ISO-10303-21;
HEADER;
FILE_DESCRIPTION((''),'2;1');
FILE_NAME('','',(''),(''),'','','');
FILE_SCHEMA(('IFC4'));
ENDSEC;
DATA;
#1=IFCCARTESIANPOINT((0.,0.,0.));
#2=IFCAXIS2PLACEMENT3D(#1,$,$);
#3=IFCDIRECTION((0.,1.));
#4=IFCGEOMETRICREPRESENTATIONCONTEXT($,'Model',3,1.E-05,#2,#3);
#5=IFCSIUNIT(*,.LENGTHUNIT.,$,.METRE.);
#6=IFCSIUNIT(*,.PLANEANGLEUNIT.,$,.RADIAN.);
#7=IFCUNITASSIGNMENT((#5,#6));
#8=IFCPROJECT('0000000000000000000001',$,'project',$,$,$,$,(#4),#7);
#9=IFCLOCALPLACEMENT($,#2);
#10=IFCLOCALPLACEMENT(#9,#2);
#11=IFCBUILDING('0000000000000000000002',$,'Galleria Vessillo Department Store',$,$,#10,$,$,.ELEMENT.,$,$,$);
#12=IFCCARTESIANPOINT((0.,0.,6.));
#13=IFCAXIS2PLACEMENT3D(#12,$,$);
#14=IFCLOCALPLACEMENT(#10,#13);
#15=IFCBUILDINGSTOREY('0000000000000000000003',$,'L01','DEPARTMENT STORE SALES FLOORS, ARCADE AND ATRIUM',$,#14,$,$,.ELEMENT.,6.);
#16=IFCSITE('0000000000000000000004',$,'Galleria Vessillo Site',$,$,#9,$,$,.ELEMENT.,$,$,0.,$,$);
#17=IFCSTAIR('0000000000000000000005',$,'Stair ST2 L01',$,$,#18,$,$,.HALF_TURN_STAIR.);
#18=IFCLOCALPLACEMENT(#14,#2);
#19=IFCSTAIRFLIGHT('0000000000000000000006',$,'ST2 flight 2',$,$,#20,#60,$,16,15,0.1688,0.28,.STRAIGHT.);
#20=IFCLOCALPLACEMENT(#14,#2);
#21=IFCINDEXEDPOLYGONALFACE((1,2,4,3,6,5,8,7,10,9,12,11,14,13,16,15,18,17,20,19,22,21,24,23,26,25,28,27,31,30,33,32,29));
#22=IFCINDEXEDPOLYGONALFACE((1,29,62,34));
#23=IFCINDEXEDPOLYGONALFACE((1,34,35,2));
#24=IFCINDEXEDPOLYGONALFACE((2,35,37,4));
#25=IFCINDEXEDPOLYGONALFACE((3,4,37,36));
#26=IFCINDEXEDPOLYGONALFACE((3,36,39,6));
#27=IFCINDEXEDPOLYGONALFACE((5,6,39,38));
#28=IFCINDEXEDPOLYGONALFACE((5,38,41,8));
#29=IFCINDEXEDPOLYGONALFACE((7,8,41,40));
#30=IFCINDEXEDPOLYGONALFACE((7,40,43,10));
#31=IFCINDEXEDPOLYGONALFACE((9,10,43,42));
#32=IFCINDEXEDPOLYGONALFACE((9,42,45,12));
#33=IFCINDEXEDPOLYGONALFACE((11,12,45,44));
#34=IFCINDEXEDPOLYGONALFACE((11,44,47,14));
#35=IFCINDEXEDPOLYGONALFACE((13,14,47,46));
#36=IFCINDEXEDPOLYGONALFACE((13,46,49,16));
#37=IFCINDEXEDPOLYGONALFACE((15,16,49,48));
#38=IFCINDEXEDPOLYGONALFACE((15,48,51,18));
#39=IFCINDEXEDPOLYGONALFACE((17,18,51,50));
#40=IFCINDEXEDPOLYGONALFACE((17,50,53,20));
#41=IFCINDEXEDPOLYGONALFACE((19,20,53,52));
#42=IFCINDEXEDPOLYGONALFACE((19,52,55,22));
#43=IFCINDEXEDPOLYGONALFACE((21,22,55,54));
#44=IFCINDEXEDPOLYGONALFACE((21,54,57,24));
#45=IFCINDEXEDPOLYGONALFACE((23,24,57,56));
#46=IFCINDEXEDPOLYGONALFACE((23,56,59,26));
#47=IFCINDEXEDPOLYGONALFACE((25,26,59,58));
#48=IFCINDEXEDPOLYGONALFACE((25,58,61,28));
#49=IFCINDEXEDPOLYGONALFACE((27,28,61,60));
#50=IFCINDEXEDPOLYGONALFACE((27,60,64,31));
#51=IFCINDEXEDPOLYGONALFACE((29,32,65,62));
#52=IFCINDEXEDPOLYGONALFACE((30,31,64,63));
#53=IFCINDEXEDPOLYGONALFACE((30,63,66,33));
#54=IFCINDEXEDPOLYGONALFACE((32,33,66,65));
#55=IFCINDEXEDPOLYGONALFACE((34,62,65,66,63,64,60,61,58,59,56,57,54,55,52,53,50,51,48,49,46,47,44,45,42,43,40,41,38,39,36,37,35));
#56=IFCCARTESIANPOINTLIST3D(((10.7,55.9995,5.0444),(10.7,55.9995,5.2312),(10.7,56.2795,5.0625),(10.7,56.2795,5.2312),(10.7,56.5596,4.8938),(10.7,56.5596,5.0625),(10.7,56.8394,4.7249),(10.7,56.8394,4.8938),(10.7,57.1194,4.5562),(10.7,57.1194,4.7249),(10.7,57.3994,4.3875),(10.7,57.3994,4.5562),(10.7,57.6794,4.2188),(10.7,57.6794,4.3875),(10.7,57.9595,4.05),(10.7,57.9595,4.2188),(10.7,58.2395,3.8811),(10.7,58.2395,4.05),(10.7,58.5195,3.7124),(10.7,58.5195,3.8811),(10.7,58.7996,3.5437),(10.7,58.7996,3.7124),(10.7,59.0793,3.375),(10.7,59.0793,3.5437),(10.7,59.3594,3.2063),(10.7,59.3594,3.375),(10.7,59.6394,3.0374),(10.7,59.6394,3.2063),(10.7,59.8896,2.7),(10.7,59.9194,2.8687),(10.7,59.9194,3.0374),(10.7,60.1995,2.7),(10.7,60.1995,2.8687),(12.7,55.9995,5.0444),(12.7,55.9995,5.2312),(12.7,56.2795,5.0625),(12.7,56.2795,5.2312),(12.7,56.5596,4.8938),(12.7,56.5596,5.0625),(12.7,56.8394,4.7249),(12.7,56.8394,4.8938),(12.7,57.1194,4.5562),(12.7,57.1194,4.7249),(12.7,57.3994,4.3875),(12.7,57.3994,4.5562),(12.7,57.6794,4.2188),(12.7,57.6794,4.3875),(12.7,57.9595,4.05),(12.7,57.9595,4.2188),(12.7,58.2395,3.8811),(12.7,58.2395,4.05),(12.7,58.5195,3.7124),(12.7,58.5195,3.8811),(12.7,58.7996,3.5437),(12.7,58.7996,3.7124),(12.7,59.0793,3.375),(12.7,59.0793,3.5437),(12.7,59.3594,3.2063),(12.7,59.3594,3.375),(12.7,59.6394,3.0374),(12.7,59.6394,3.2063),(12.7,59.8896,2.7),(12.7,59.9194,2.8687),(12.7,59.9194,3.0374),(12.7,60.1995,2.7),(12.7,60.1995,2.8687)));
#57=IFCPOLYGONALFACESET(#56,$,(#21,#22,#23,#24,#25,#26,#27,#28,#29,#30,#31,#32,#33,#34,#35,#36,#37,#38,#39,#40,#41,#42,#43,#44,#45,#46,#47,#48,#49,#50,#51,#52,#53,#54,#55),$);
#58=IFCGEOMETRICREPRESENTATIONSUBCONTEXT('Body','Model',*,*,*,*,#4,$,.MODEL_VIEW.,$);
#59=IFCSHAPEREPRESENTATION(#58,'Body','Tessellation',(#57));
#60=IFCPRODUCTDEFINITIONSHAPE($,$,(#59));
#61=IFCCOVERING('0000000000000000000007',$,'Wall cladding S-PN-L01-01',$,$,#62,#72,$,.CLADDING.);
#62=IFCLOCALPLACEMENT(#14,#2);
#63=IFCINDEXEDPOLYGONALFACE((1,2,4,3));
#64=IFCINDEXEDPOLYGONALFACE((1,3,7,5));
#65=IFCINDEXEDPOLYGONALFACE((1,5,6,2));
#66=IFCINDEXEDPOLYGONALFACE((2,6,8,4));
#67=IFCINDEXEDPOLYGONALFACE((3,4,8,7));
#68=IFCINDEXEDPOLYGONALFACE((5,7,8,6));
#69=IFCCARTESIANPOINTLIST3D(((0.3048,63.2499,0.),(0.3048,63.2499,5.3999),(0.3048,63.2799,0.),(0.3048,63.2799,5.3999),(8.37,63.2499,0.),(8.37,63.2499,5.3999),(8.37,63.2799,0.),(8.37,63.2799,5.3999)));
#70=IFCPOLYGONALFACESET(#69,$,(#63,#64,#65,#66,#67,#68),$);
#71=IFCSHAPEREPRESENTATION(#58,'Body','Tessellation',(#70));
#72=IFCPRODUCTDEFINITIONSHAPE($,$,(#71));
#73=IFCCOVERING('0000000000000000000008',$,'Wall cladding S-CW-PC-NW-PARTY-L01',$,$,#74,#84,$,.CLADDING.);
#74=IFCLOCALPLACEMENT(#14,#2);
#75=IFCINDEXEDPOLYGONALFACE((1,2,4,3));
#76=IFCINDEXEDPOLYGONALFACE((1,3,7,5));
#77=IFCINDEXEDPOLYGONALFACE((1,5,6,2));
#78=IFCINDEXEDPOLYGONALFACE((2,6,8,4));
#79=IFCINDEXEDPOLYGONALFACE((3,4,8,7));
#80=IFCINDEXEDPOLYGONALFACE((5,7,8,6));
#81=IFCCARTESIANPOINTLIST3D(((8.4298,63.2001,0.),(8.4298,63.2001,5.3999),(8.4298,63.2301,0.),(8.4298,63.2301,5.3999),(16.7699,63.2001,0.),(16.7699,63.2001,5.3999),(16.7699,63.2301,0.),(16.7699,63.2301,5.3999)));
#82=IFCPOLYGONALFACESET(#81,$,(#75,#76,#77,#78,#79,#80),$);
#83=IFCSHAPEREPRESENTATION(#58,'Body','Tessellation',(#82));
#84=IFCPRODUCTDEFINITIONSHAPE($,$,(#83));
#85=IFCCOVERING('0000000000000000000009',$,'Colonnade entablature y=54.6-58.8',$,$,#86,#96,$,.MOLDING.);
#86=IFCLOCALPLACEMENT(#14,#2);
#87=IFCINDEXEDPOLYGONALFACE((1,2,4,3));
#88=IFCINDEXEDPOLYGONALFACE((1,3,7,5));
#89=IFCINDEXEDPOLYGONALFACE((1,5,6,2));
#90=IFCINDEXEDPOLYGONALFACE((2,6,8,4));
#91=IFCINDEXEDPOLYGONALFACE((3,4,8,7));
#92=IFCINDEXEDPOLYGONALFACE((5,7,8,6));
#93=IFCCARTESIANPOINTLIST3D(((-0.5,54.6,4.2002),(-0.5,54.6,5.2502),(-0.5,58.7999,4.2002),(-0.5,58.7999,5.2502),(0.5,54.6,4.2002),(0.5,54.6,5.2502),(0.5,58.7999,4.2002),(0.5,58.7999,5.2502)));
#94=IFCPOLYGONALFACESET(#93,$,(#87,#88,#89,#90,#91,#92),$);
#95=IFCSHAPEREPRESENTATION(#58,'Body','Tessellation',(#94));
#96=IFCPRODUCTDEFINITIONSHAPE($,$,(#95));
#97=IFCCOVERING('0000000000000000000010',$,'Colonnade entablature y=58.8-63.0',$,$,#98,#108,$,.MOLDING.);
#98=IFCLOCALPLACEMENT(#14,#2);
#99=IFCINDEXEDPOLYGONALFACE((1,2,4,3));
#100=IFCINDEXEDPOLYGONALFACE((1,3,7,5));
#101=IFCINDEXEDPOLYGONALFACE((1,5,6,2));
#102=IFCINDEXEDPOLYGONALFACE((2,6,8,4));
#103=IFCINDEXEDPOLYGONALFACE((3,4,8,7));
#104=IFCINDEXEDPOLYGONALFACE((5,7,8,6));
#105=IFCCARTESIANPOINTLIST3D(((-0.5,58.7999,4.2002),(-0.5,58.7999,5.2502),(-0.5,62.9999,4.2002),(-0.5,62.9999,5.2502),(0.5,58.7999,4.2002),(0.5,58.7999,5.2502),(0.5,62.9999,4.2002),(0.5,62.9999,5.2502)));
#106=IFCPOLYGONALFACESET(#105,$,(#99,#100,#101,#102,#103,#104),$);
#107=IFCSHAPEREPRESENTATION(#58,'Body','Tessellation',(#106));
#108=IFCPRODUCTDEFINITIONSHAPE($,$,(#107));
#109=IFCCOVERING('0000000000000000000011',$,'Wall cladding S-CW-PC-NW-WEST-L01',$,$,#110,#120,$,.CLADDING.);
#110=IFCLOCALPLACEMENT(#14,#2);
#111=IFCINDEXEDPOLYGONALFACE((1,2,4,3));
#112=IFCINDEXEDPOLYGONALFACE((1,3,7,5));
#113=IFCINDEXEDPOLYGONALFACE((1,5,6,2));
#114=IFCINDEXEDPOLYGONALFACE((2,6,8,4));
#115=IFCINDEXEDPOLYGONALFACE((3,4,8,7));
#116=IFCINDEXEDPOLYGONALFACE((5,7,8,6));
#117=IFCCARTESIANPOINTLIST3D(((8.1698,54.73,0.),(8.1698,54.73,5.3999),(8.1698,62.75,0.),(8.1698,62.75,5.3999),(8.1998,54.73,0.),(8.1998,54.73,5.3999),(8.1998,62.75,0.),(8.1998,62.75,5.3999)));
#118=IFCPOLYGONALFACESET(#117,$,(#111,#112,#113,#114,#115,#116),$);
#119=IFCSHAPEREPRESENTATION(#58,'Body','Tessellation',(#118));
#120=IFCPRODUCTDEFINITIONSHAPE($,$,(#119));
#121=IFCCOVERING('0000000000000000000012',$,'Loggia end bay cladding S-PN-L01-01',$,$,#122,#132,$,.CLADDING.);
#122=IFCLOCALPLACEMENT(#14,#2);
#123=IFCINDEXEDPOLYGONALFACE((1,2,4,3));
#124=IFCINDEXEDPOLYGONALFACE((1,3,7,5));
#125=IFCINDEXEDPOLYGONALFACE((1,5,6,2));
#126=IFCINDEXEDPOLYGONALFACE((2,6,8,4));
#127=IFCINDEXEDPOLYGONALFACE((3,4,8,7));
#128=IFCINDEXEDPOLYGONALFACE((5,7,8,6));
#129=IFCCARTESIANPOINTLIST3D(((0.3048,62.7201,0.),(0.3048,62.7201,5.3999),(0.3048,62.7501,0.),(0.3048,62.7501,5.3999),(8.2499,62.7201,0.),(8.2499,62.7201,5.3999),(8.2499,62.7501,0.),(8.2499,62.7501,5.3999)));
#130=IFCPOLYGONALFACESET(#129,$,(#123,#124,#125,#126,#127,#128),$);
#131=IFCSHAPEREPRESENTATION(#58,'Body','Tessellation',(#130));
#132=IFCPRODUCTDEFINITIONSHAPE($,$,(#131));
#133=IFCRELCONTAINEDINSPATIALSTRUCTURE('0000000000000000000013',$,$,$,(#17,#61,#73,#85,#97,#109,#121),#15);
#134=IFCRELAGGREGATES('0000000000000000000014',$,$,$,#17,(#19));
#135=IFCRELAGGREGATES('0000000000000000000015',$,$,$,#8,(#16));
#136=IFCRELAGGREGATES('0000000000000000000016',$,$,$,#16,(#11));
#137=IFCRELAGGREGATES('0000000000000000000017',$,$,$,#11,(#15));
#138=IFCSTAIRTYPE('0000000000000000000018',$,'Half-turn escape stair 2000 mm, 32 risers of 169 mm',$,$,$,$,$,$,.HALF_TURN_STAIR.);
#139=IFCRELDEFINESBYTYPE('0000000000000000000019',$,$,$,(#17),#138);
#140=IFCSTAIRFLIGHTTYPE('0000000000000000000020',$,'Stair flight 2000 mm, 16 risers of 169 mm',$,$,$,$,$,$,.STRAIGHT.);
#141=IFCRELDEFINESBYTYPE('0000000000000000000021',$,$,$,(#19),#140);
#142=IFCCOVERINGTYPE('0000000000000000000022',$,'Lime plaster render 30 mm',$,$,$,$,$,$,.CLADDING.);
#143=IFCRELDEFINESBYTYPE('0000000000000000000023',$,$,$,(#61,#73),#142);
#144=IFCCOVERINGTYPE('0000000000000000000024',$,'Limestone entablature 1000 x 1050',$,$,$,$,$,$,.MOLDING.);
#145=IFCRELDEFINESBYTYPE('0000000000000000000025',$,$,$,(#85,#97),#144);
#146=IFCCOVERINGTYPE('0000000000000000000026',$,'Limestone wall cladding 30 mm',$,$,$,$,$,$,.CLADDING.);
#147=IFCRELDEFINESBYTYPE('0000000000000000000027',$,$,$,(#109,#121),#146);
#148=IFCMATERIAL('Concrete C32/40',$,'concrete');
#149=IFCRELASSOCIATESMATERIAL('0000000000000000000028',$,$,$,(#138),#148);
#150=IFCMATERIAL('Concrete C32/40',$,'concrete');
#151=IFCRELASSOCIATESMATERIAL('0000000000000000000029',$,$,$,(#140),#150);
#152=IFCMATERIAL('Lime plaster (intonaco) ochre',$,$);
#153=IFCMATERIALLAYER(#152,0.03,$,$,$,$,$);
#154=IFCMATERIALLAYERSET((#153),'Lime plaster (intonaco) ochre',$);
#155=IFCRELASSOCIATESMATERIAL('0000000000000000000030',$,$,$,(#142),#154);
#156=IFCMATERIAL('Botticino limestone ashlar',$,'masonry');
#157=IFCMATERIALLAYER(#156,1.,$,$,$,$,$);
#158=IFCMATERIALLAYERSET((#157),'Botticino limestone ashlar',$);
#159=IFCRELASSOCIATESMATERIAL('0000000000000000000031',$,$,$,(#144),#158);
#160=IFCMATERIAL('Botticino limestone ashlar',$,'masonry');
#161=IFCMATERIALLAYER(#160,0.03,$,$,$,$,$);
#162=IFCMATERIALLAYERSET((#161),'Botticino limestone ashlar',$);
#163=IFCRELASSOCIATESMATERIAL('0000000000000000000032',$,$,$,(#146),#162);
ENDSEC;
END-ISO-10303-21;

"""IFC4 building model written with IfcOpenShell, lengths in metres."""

from ifc_helpers import new_model, si_unit, direction, frame, origin, origin_2d, place, context, subcontext, project, spatial, polyline, rectangle, outline, extrude, material, layer, layer_set, type_object, element, aggregate, save


model = new_model("IFC4")

# Units and contexts
model_context = context("Model", 3, precision=1e-05, world=origin(), true_north=direction((0.0, 1.0)))
body_context = subcontext(model_context, "Body", "Model", "MODEL_VIEW")
ifc_project = project(units=[si_unit("LENGTHUNIT", "METRE"), si_unit("PLANEANGLEUNIT", "RADIAN")], contexts=[model_context])

# Site, building, storey
site_placement = place(None, origin())
site = spatial("IfcSite", under=ifc_project, at=site_placement, Name="Galleria Vessillo Site", CompositionType="ELEMENT", RefElevation=0.0)
building_placement = place(site_placement, origin())
building = spatial("IfcBuilding", under=site, at=building_placement, Name="Galleria Vessillo Department Store", CompositionType="ELEMENT")
storey_placement = place(building_placement, frame((0.0, 0.0, 6.0)))
storey = spatial("IfcBuildingStorey", under=building, at=storey_placement, Name="L01", Description="DEPARTMENT STORE SALES FLOORS, ARCADE AND ATRIUM", CompositionType="ELEMENT", Elevation=6.0)

# Stair, stair flight
ifc_material_1 = material(Name="Concrete C32/40", Category="concrete")
stair_type = type_object("IfcStairType", Name="Half-turn escape stair 2000 mm, 32 risers of 169 mm", PredefinedType="HALF_TURN_STAIR", material=ifc_material_1)
stair_placement = place(storey_placement, origin())
stair = element("IfcStair", 1, at=stair_placement, inside=storey, type_object=stair_type, Name="Stair ST2 L01", PredefinedType="HALF_TURN_STAIR")
ifc_material_2 = material(Name="Concrete C32/40", Category="concrete")
stair_flight_type = type_object("IfcStairFlightType", Name="Stair flight 2000 mm, 16 risers of 169 mm", PredefinedType="STRAIGHT", material=ifc_material_2)
stair_flight_1_placement = place(storey_placement, frame((11.7, 60.1995, 2.7), z_axis=(0.0, 0.0, 1.0), x_axis=(0.0, -1.0, 0.0)))
stair_flight_1 = element("IfcStairFlight", 2, at=stair_flight_1_placement, type_object=stair_flight_type, Name="ST2 flight 2", NumberOfRisers=16, NumberOfTreads=15, PredefinedType="STRAIGHT", RiserHeight=0.1688, TreadLength=0.28, context=body_context, shape_type="SweptSolid", body=[
    extrude(outline(polyline([(0.0, 0.0), (0.0, 0.1687), (0.28, 0.1687), (0.28, 0.3374), (0.5601, 0.3374), (0.5601, 0.5063), (0.8401, 0.5063), (0.8401, 0.675), (1.1201, 0.675), (1.1201, 0.8438), (1.3999, 0.8438), (1.3999, 1.0125), (1.6799, 1.0125), (1.6799, 1.1812), (1.96, 1.1812), (1.96, 1.3501), (2.24, 1.3501), (2.24, 1.5188), (2.52, 1.5188), (2.52, 1.6875), (2.8, 1.6875), (2.8, 1.8562), (3.0801, 1.8562), (3.0801, 2.0249), (3.3601, 2.0249), (3.3601, 2.1938), (3.6399, 2.1938), (3.6399, 2.3625), (3.9199, 2.3625), (3.9199, 2.5312), (4.2, 2.5312), (4.2, 2.7), (4.2, 2.3445), (0.3098, 0.0), (0.0, 0.0)])), frame((0.0, 1.0, 0.0), z_axis=(0.0, -1.0, 0.0), x_axis=(1.0, 0.0, 0.0)), (0.0, 0.0, 1.0), 2.0),
])
aggregate(stair, [stair_flight_1])

# Coverings
ifc_material_3 = material(Name="Lime plaster (intonaco) ochre")
ifc_layer_1 = layer(ifc_material_3, 0.03)
ifc_layer_set_1 = layer_set([ifc_layer_1], Name="Lime plaster (intonaco) ochre")
covering_type_1 = type_object("IfcCoveringType", Name="Lime plaster render 30 mm", PredefinedType="CLADDING", material=ifc_layer_set_1)
covering_1_placement = place(storey_placement, frame((4.3374, 63.2649, 0.0), z_axis=(0.0, 0.0, 1.0), x_axis=(1.0, 0.0, 0.0)))
element("IfcCovering", 3, at=covering_1_placement, inside=storey, type_object=covering_type_1, Name="Wall cladding S-PN-L01-01", PredefinedType="CLADDING", context=body_context, shape_type="SweptSolid", body=[
    extrude(rectangle(XDim=8.0652, YDim=0.03, at=origin_2d()), origin(), (0.0, 0.0, 1.0), 5.3999),
])
covering_2_placement = place(storey_placement, frame((12.5999, 63.2151, 0.0), z_axis=(0.0, 0.0, 1.0), x_axis=(1.0, 0.0, 0.0)))
element("IfcCovering", 4, at=covering_2_placement, inside=storey, type_object=covering_type_1, Name="Wall cladding S-CW-PC-NW-PARTY-L01", PredefinedType="CLADDING", context=body_context, shape_type="SweptSolid", body=[
    extrude(rectangle(XDim=8.3401, YDim=0.03, at=origin_2d()), origin(), (0.0, 0.0, 1.0), 5.3999),
])
ifc_material_4 = material(Name="Botticino limestone ashlar", Category="masonry")
ifc_layer_2 = layer(ifc_material_4, 1.0)
ifc_layer_set_2 = layer_set([ifc_layer_2], Name="Botticino limestone ashlar")
covering_type_2 = type_object("IfcCoveringType", Name="Limestone entablature 1000 x 1050", PredefinedType="MOLDING", material=ifc_layer_set_2)
for number, where, z_axis, x_axis, name in (
    (5, (0.0, 56.7, 4.2002), (0.0, 0.0, 1.0), (1.0, 0.0, 0.0), "Colonnade entablature y=54.6-58.8"),
    (6, (0.0, 60.8999, 4.2002), (0.0, 0.0, 1.0), (1.0, 0.0, 0.0), "Colonnade entablature y=58.8-63.0"),
):
    element("IfcCovering", number, at=place(storey_placement, frame(where, z_axis=z_axis, x_axis=x_axis)), inside=storey, type_object=covering_type_2, Name=name, PredefinedType="MOLDING", context=body_context, shape_type="SweptSolid", body=[
        extrude(rectangle(XDim=1.0, YDim=4.2, at=origin_2d()), origin(), (0.0, 0.0, 1.0), 1.05),
    ])
ifc_material_5 = material(Name="Botticino limestone ashlar", Category="masonry")
ifc_layer_3 = layer(ifc_material_5, 0.03)
ifc_layer_set_3 = layer_set([ifc_layer_3], Name="Botticino limestone ashlar")
covering_type_3 = type_object("IfcCoveringType", Name="Limestone wall cladding 30 mm", PredefinedType="CLADDING", material=ifc_layer_set_3)
covering_3_placement = place(storey_placement, frame((8.1848, 58.74, 0.0), z_axis=(0.0, 0.0, 1.0), x_axis=(1.0, 0.0, 0.0)))
element("IfcCovering", 7, at=covering_3_placement, inside=storey, type_object=covering_type_3, Name="Wall cladding S-CW-PC-NW-WEST-L01", PredefinedType="CLADDING", context=body_context, shape_type="SweptSolid", body=[
    extrude(rectangle(XDim=0.03, YDim=8.02, at=origin_2d()), origin(), (0.0, 0.0, 1.0), 5.3999),
])
covering_4_placement = place(storey_placement, frame((4.2773, 62.7351, 0.0), z_axis=(0.0, 0.0, 1.0), x_axis=(1.0, 0.0, 0.0)))
element("IfcCovering", 8, at=covering_4_placement, inside=storey, type_object=covering_type_3, Name="Loggia end bay cladding S-PN-L01-01", PredefinedType="CLADDING", context=body_context, shape_type="SweptSolid", body=[
    extrude(rectangle(XDim=7.9451, YDim=0.03, at=origin_2d()), origin(), (0.0, 0.0, 1.0), 5.3999),
])

save(model, "model.ifc")
